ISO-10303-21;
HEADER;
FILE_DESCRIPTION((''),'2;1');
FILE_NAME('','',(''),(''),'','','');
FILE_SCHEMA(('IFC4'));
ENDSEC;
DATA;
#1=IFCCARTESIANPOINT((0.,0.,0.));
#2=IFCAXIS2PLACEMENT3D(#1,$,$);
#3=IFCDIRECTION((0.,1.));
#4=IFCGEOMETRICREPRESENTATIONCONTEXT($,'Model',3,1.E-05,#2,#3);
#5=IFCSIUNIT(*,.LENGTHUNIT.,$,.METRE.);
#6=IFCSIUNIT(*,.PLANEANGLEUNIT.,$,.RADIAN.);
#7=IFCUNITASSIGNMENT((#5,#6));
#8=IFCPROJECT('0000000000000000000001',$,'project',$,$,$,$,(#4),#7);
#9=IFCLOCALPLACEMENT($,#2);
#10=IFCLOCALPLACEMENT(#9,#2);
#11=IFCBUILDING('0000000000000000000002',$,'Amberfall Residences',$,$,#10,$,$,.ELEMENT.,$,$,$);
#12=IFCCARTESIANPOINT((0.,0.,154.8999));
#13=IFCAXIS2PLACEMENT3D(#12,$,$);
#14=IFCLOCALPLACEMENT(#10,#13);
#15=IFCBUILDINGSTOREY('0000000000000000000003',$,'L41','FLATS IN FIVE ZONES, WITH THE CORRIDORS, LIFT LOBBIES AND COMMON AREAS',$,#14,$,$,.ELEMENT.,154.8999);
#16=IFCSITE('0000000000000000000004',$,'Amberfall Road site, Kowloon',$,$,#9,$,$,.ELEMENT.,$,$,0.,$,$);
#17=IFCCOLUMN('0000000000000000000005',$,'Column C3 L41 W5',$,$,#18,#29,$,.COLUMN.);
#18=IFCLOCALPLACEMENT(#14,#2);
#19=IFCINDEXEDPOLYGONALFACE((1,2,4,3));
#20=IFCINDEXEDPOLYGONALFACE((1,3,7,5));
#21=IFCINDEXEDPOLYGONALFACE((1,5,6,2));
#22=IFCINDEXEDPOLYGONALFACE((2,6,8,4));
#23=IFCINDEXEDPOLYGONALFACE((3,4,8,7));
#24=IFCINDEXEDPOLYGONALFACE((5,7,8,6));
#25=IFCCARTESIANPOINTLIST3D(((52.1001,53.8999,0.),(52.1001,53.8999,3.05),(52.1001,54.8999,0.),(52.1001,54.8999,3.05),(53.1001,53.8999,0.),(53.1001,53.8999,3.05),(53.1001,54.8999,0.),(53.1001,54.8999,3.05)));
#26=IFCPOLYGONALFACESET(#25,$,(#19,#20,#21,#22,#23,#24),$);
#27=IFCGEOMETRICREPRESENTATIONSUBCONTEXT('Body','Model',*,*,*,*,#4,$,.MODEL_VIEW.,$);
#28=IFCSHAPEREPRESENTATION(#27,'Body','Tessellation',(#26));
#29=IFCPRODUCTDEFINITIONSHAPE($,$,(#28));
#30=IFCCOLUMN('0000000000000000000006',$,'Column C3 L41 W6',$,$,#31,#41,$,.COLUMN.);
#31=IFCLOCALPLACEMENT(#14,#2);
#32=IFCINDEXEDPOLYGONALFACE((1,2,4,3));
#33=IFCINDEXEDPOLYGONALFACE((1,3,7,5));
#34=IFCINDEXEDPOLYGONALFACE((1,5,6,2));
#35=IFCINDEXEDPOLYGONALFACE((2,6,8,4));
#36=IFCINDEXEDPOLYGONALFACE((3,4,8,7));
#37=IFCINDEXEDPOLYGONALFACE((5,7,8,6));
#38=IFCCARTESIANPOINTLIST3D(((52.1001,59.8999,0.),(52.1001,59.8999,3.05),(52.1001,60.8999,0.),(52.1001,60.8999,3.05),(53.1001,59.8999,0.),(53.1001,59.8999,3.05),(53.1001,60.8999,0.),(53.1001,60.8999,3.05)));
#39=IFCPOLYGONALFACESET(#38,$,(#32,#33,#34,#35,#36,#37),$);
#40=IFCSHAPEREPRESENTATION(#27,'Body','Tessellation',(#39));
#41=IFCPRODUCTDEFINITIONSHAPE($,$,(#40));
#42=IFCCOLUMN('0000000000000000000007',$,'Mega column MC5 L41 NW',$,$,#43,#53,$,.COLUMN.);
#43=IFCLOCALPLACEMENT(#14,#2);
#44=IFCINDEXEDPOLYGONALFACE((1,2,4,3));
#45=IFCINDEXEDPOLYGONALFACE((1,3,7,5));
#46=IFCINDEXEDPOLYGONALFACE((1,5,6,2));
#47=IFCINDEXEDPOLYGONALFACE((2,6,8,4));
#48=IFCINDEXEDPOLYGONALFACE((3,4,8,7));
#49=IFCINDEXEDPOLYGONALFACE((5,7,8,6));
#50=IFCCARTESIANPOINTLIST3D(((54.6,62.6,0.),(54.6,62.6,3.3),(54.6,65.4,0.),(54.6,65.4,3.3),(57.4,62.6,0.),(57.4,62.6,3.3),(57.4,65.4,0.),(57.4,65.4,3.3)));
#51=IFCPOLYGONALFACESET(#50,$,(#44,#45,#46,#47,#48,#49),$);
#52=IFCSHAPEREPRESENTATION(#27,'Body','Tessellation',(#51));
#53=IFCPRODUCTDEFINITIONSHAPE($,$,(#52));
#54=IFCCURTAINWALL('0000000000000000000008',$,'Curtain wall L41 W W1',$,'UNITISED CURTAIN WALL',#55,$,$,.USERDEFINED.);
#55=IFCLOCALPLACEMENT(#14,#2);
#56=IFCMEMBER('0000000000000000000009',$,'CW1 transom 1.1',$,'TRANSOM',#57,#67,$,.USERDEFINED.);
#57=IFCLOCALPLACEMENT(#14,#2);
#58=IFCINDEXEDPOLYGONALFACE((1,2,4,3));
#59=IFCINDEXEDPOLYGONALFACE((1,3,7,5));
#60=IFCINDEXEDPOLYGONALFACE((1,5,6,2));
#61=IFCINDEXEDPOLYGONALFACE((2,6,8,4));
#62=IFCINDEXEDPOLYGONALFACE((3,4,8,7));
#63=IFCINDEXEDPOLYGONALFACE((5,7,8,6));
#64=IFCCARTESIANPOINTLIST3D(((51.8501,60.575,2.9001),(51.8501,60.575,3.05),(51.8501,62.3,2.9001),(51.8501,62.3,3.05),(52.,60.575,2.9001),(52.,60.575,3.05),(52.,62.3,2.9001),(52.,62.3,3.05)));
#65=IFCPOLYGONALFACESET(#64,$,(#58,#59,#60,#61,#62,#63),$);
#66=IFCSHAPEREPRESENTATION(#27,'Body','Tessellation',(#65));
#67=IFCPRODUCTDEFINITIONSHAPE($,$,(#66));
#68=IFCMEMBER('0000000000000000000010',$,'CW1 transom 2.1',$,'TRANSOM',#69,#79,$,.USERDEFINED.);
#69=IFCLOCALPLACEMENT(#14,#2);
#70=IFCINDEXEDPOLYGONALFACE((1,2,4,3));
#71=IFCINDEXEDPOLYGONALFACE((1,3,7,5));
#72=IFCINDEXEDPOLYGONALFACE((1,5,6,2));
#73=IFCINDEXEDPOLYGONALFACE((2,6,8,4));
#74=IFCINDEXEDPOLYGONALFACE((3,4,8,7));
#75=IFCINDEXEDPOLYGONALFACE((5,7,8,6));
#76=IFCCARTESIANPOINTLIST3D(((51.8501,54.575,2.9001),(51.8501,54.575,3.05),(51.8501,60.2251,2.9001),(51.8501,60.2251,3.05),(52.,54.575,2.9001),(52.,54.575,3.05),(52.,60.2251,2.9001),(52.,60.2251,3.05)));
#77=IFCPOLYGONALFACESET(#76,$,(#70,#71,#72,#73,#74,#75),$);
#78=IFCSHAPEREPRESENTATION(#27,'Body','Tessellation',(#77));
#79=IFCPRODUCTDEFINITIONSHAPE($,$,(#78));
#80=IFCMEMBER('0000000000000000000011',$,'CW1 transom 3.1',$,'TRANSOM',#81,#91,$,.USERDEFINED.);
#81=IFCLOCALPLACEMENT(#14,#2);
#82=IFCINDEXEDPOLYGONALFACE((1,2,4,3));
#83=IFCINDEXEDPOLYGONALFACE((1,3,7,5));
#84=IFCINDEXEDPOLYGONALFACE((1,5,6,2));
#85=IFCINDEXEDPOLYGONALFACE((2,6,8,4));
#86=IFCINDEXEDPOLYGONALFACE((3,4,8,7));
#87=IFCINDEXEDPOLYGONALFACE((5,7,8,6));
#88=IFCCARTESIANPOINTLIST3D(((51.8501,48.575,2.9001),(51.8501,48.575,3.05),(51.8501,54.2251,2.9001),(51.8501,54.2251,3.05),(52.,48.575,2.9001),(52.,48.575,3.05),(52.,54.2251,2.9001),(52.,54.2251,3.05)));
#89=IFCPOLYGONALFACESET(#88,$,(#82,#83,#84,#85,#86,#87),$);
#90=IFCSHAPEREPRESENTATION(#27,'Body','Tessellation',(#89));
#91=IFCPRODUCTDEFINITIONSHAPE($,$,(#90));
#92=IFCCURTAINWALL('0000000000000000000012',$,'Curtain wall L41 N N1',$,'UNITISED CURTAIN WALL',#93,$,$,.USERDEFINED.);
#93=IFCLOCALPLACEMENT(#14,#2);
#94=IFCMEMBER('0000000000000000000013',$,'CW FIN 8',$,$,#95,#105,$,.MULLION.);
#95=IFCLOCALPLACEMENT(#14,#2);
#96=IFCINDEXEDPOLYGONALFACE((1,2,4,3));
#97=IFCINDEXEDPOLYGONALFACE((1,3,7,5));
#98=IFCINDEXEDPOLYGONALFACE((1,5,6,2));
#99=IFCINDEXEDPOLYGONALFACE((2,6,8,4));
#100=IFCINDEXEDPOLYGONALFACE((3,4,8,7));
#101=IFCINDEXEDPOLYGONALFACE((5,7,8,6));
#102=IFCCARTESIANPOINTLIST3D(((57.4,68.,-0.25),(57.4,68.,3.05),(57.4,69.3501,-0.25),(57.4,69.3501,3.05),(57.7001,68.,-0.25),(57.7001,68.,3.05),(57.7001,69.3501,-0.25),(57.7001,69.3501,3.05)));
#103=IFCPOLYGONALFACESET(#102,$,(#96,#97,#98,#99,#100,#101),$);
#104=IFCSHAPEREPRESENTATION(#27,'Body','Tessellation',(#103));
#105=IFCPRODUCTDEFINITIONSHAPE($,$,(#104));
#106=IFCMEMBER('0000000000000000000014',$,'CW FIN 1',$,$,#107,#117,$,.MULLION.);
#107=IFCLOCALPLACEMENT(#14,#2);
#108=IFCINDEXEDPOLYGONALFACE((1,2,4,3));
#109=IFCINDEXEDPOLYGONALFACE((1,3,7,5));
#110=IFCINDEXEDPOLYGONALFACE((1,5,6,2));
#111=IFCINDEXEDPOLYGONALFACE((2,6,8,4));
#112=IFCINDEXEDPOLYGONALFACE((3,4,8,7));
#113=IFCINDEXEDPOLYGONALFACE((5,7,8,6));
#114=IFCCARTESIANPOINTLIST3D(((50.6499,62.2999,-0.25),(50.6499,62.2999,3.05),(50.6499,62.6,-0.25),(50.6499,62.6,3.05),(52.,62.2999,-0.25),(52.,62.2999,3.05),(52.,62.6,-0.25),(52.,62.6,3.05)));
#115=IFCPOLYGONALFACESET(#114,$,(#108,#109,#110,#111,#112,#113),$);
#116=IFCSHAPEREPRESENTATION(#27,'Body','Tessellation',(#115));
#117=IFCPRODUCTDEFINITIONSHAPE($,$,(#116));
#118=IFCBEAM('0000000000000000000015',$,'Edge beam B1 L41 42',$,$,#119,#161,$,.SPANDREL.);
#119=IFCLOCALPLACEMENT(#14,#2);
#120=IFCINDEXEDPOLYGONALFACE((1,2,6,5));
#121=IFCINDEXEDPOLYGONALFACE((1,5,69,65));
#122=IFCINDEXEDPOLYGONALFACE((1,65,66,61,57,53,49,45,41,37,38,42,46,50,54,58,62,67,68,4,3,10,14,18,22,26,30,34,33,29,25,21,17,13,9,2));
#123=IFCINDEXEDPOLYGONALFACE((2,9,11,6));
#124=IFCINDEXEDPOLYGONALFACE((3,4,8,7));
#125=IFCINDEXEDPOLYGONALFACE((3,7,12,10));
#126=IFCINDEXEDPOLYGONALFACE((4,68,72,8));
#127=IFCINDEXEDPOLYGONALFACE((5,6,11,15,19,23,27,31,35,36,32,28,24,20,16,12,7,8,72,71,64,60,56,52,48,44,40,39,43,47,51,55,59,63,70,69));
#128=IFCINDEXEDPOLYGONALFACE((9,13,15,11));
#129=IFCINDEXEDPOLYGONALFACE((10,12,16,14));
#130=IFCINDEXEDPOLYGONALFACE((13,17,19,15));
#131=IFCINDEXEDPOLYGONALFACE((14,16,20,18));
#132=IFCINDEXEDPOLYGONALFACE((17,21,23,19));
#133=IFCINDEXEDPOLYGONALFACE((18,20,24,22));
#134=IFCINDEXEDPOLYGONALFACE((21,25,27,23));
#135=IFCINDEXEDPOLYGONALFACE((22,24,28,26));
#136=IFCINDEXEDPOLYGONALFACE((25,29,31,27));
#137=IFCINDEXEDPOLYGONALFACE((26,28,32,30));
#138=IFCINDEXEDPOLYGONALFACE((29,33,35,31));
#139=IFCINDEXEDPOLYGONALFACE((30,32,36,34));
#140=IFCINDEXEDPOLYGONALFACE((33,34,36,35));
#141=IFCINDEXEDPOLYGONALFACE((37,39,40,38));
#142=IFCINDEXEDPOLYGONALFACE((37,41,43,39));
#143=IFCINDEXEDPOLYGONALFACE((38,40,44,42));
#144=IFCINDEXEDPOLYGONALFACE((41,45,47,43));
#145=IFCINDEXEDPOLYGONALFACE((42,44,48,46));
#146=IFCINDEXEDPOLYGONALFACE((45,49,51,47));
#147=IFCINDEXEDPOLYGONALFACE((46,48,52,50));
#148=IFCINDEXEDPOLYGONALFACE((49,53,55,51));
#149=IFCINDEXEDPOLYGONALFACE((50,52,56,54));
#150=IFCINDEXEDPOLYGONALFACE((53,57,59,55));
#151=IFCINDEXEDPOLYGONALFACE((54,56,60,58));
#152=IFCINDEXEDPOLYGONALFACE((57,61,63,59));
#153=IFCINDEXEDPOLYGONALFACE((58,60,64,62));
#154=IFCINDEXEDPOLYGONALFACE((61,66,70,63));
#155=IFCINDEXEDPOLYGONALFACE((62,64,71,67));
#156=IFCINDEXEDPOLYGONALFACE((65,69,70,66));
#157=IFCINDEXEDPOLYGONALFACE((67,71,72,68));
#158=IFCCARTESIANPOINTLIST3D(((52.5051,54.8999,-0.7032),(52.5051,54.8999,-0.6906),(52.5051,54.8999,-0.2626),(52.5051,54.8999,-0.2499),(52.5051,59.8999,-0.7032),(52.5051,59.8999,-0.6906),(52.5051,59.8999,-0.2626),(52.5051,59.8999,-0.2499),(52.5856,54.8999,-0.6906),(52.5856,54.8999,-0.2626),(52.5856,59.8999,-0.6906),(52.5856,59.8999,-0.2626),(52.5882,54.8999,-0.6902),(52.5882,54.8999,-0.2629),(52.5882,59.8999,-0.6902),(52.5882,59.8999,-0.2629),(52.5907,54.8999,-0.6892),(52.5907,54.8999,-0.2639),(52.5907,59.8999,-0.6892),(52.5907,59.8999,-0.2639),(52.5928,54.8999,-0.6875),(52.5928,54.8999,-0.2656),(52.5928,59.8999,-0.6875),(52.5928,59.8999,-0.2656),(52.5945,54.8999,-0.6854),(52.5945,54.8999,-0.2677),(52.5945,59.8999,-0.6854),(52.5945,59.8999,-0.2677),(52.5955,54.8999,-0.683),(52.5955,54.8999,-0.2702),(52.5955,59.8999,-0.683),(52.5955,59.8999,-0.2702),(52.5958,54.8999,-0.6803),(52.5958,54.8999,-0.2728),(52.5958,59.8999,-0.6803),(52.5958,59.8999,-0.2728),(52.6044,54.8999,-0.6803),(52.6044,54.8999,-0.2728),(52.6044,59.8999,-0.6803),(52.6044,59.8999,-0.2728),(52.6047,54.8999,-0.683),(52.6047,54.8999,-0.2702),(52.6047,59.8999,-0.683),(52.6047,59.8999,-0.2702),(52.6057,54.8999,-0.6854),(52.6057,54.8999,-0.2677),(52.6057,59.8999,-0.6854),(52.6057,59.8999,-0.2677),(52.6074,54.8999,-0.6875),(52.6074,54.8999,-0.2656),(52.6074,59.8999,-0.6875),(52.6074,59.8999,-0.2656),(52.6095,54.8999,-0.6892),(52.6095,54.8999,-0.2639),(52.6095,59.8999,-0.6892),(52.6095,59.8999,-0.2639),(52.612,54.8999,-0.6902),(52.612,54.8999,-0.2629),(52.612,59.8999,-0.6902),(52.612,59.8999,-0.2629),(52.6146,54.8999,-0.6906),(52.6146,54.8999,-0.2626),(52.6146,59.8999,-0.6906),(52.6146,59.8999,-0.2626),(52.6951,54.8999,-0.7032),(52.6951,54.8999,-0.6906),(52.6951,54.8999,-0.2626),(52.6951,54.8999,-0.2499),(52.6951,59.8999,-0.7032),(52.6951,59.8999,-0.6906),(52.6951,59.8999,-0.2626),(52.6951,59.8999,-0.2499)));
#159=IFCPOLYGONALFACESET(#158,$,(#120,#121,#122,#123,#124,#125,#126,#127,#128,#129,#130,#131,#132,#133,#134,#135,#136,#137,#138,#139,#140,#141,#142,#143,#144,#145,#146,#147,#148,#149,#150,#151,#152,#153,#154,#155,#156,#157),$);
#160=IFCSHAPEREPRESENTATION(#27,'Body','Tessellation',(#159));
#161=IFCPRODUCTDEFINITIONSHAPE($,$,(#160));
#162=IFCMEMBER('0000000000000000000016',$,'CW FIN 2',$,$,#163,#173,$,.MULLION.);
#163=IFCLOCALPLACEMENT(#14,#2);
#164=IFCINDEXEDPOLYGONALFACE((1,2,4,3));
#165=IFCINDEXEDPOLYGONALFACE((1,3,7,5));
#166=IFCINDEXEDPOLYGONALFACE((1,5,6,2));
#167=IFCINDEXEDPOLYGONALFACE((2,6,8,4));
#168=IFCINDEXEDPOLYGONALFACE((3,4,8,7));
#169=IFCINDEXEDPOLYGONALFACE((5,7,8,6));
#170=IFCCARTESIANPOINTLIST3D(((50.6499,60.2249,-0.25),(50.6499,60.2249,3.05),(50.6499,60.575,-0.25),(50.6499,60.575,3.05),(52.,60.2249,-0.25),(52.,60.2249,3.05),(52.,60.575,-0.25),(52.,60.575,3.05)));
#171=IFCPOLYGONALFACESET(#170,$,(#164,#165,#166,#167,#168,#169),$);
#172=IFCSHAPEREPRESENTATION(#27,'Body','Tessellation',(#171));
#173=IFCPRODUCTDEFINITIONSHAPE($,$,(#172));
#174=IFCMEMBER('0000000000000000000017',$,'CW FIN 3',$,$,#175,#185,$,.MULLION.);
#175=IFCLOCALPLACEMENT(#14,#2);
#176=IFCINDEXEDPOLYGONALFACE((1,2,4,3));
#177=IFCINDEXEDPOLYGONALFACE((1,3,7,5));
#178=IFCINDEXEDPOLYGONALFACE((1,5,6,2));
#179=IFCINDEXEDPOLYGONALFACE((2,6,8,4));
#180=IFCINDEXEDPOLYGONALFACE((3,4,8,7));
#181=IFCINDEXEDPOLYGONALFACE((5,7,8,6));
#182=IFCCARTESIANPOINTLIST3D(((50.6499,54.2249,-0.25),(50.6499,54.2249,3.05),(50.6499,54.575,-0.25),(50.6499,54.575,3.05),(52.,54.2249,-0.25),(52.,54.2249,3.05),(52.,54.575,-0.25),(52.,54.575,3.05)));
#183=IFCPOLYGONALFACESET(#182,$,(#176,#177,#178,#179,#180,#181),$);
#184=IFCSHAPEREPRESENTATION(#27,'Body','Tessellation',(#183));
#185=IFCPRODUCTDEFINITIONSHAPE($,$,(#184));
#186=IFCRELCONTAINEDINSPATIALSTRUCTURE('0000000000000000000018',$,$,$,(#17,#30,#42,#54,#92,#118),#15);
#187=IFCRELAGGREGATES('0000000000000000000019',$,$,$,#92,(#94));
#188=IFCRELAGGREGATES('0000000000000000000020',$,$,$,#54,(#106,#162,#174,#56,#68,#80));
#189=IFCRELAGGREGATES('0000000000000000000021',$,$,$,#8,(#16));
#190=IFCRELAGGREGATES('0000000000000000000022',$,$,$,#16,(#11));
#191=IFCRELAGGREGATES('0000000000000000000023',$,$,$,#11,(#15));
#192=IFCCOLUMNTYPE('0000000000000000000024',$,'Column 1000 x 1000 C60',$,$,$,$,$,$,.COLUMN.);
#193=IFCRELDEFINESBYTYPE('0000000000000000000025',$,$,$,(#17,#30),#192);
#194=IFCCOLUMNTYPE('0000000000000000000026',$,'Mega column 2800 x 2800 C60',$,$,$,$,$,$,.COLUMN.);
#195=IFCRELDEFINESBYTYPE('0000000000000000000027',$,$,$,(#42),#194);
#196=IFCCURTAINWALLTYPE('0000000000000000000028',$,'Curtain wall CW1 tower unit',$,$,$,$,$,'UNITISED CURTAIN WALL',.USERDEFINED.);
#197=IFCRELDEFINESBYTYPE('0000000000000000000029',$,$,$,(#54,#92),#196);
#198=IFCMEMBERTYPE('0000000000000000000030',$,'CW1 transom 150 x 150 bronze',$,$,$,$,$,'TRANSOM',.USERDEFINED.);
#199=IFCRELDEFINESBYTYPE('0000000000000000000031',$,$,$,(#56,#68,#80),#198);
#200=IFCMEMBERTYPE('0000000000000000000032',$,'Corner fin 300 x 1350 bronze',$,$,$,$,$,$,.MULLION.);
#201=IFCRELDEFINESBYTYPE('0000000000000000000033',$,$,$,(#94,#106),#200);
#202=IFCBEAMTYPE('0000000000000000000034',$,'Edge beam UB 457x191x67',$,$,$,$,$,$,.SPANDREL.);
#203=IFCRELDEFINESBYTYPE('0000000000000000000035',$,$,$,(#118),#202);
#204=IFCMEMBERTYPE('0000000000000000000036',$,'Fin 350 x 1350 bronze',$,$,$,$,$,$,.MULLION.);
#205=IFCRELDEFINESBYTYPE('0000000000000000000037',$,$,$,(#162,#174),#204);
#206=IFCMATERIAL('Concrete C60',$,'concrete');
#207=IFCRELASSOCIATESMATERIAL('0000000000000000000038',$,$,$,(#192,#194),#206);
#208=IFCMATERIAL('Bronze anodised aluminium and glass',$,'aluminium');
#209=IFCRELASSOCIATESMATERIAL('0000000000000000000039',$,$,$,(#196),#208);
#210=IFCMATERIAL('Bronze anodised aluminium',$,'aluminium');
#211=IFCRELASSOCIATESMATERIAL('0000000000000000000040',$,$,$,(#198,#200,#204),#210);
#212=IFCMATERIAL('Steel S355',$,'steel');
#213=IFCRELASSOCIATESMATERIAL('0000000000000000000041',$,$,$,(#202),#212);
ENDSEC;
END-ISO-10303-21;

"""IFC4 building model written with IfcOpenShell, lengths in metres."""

from ifc_helpers import new_model, si_unit, direction, frame, origin, origin_2d, place, context, subcontext, project, spatial, rectangle, i_section, extrude, material, material_profile, profile_set, type_object, element, aggregate, save


model = new_model("IFC4")

# Units and contexts
model_context = context("Model", 3, precision=1e-05, world=origin(), true_north=direction((0.0, 1.0)))
body_context = subcontext(model_context, "Body", "Model", "MODEL_VIEW")
ifc_project = project(units=[si_unit("LENGTHUNIT", "METRE"), si_unit("PLANEANGLEUNIT", "RADIAN")], contexts=[model_context])

# Site, building, storey
site_placement = place(None, origin())
site = spatial("IfcSite", under=ifc_project, at=site_placement, Name="Amberfall Road site, Kowloon", CompositionType="ELEMENT", RefElevation=0.0)
building_placement = place(site_placement, origin())
building = spatial("IfcBuilding", under=site, at=building_placement, Name="Amberfall Residences", CompositionType="ELEMENT")
storey_placement = place(building_placement, frame((0.0, 0.0, 154.8999)))
storey = spatial("IfcBuildingStorey", under=building, at=storey_placement, Name="L41", Description="FLATS IN FIVE ZONES, WITH THE CORRIDORS, LIFT LOBBIES AND COMMON AREAS", CompositionType="ELEMENT", Elevation=154.8999)

# Columns
ifc_material_1 = material(Name="Concrete C60", Category="concrete")
ifc_material_profile_1 = material_profile(ifc_material_1, rectangle(XDim=1.0, YDim=1.0, at=origin_2d()), Name="Column 1000 x 1000 C60")
ifc_profile_set_1 = profile_set([ifc_material_profile_1], Name="Concrete C60")
column_type_1 = type_object("IfcColumnType", Name="Column 1000 x 1000 C60", PredefinedType="COLUMN", material=ifc_profile_set_1)
for number, where, z_axis, x_axis, name in (
    (1, (52.6001, 54.3999, 0.0), (0.0, 0.0, 1.0), (1.0, 0.0, 0.0), "Column C3 L41 W5"),
    (2, (52.6001, 60.3999, 0.0), (0.0, 0.0, 1.0), (1.0, 0.0, 0.0), "Column C3 L41 W6"),
):
    element("IfcColumn", number, at=place(storey_placement, frame(where, z_axis=z_axis, x_axis=x_axis)), inside=storey, type_object=column_type_1, Name=name, PredefinedType="COLUMN", context=body_context, shape_type="SweptSolid", body=[
        extrude(rectangle(XDim=1.0, YDim=1.0, at=origin_2d()), origin(), (0.0, 0.0, 1.0), 3.05),
    ])
ifc_material_profile_2 = material_profile(ifc_material_1, rectangle(XDim=2.8, YDim=2.8, at=origin_2d()), Name="Mega column 2800 x 2800 C60")
ifc_profile_set_2 = profile_set([ifc_material_profile_2], Name="Concrete C60")
column_type_2 = type_object("IfcColumnType", Name="Mega column 2800 x 2800 C60", PredefinedType="COLUMN", material=ifc_profile_set_2)
column_placement = place(storey_placement, frame((56.0, 64.0, 0.0), z_axis=(0.0, 0.0, 1.0), x_axis=(1.0, 0.0, 0.0)))
element("IfcColumn", 3, at=column_placement, inside=storey, type_object=column_type_2, Name="Mega column MC5 L41 NW", PredefinedType="COLUMN", context=body_context, shape_type="SweptSolid", body=[
    extrude(rectangle(XDim=2.8, YDim=2.8, at=origin_2d()), origin(), (0.0, 0.0, 1.0), 3.3),
])

# Curtain wall, members
ifc_material_2 = material(Name="Bronze anodised aluminium and glass", Category="aluminium")
curtain_wall_type = type_object("IfcCurtainWallType", Name="Curtain wall CW1 tower unit", ElementType="UNITISED CURTAIN WALL", PredefinedType="USERDEFINED", material=ifc_material_2)
curtain_wall_1_placement = place(storey_placement, origin())
curtain_wall_1 = element("IfcCurtainWall", 4, at=curtain_wall_1_placement, inside=storey, type_object=curtain_wall_type, Name="Curtain wall L41 W W1", ObjectType="UNITISED CURTAIN WALL", PredefinedType="USERDEFINED")
ifc_material_3 = material(Name="Bronze anodised aluminium", Category="aluminium")
ifc_material_profile_3 = material_profile(ifc_material_3, rectangle(XDim=0.1499, YDim=0.1499, at=origin_2d()), Name="CW1 transom 150 x 150 bronze")
ifc_profile_set_3 = profile_set([ifc_material_profile_3], Name="Bronze anodised aluminium")
member_type_1 = type_object("IfcMemberType", Name="CW1 transom 150 x 150 bronze", ElementType="TRANSOM", PredefinedType="USERDEFINED", material=ifc_profile_set_3)
member_1_placement = place(storey_placement, frame((51.925, 62.3, 2.9751), z_axis=(0.0, -1.0, 0.0), x_axis=(1.0, 0.0, 0.0)))
member_1 = element("IfcMember", 5, at=member_1_placement, type_object=member_type_1, Name="CW1 transom 1.1", ObjectType="TRANSOM", PredefinedType="USERDEFINED", context=body_context, shape_type="SweptSolid", body=[
    extrude(rectangle(XDim=0.1499, YDim=0.1499, at=origin_2d()), origin(), (0.0, 0.0, 1.0), 1.7251),
])
member_2_placement = place(storey_placement, frame((51.925, 60.2251, 2.9751), z_axis=(0.0, -1.0, 0.0), x_axis=(1.0, 0.0, 0.0)))
member_2 = element("IfcMember", 6, at=member_2_placement, type_object=member_type_1, Name="CW1 transom 2.1", ObjectType="TRANSOM", PredefinedType="USERDEFINED", context=body_context, shape_type="SweptSolid", body=[
    extrude(rectangle(XDim=0.1499, YDim=0.1499, at=origin_2d()), origin(), (0.0, 0.0, 1.0), 5.6501),
])
member_3_placement = place(storey_placement, frame((51.925, 54.2251, 2.9751), z_axis=(0.0, -1.0, 0.0), x_axis=(1.0, 0.0, 0.0)))
member_3 = element("IfcMember", 7, at=member_3_placement, type_object=member_type_1, Name="CW1 transom 3.1", ObjectType="TRANSOM", PredefinedType="USERDEFINED", context=body_context, shape_type="SweptSolid", body=[
    extrude(rectangle(XDim=0.1499, YDim=0.1499, at=origin_2d()), origin(), (0.0, 0.0, 1.0), 5.6501),
])

# Curtain wall, member
curtain_wall_2_placement = place(storey_placement, origin())
curtain_wall_2 = element("IfcCurtainWall", 8, at=curtain_wall_2_placement, inside=storey, type_object=curtain_wall_type, Name="Curtain wall L41 N N1", ObjectType="UNITISED CURTAIN WALL", PredefinedType="USERDEFINED")
ifc_material_profile_4 = material_profile(ifc_material_3, rectangle(XDim=1.3501, YDim=0.3, at=origin_2d()), Name="Corner fin 300 x 1350 bronze")
ifc_profile_set_4 = profile_set([ifc_material_profile_4], Name="Bronze anodised aluminium")
member_type_2 = type_object("IfcMemberType", Name="Corner fin 300 x 1350 bronze", PredefinedType="MULLION", material=ifc_profile_set_4)
member_4_placement = place(storey_placement, frame((57.55, 68.675, -0.25), z_axis=(0.0, 0.0, 1.0), x_axis=(0.0, -1.0, 0.0)))
member_4 = element("IfcMember", 9, at=member_4_placement, type_object=member_type_2, Name="CW FIN 8", PredefinedType="MULLION", context=body_context, shape_type="SweptSolid", body=[
    extrude(rectangle(XDim=1.3501, YDim=0.3, at=origin_2d()), origin(), (0.0, 0.0, 1.0), 3.3),
])

# Member
member_5_placement = place(storey_placement, frame((51.325, 62.45, -0.25), z_axis=(0.0, 0.0, 1.0), x_axis=(1.0, 0.0, 0.0)))
member_5 = element("IfcMember", 10, at=member_5_placement, type_object=member_type_2, Name="CW FIN 1", PredefinedType="MULLION", context=body_context, shape_type="SweptSolid", body=[
    extrude(rectangle(XDim=1.3501, YDim=0.3, at=origin_2d()), origin(), (0.0, 0.0, 1.0), 3.3),
])

# Beam
ifc_material_4 = material(Name="Steel S355", Category="steel")
ifc_material_profile_5 = material_profile(ifc_material_4, i_section(OverallWidth=0.1899, OverallDepth=0.4534, WebThickness=0.0085, FlangeThickness=0.0127, FilletRadius=0.0103, at=origin_2d()), Name="UB 457x191x67")
ifc_profile_set_5 = profile_set([ifc_material_profile_5], Name="Steel S355")
beam_type_1 = type_object("IfcBeamType", Name="Edge beam UB 457x191x67", PredefinedType="SPANDREL", material=ifc_profile_set_5)
beam_1_placement = place(storey_placement, frame((52.6001, 54.8999, -0.4766), z_axis=(0.0, 1.0, 0.0), x_axis=(-1.0, 0.0, 0.0)))
element("IfcBeam", 11, at=beam_1_placement, inside=storey, type_object=beam_type_1, Name="Edge beam B1 L41 42", PredefinedType="SPANDREL", context=body_context, shape_type="SweptSolid", body=[
    extrude(i_section(OverallWidth=0.1899, OverallDepth=0.4534, WebThickness=0.0085, FlangeThickness=0.0127, FilletRadius=0.0103, at=origin_2d()), origin(), (0.0, 0.0, 1.0), 5.0),
])

# Members
ifc_material_profile_6 = material_profile(ifc_material_3, rectangle(XDim=1.3501, YDim=0.3501, at=origin_2d()), Name="Fin 350 x 1350 bronze")
ifc_profile_set_6 = profile_set([ifc_material_profile_6], Name="Bronze anodised aluminium")
member_type_3 = type_object("IfcMemberType", Name="Fin 350 x 1350 bronze", PredefinedType="MULLION", material=ifc_profile_set_6)
member_6_placement = place(storey_placement, frame((51.325, 60.3999, -0.25), z_axis=(0.0, 0.0, 1.0), x_axis=(1.0, 0.0, 0.0)))
member_6 = element("IfcMember", 12, at=member_6_placement, type_object=member_type_3, Name="CW FIN 2", PredefinedType="MULLION", context=body_context, shape_type="SweptSolid", body=[
    extrude(rectangle(XDim=1.3501, YDim=0.3501, at=origin_2d()), origin(), (0.0, 0.0, 1.0), 3.3),
])
member_7_placement = place(storey_placement, frame((51.325, 54.3999, -0.25), z_axis=(0.0, 0.0, 1.0), x_axis=(1.0, 0.0, 0.0)))
member_7 = element("IfcMember", 13, at=member_7_placement, type_object=member_type_3, Name="CW FIN 3", PredefinedType="MULLION", context=body_context, shape_type="SweptSolid", body=[
    extrude(rectangle(XDim=1.3501, YDim=0.3501, at=origin_2d()), origin(), (0.0, 0.0, 1.0), 3.3),
])

aggregate(curtain_wall_2, [member_4])
aggregate(curtain_wall_1, [member_5, member_6, member_7, member_1, member_2, member_3])

save(model, "model.ifc")
